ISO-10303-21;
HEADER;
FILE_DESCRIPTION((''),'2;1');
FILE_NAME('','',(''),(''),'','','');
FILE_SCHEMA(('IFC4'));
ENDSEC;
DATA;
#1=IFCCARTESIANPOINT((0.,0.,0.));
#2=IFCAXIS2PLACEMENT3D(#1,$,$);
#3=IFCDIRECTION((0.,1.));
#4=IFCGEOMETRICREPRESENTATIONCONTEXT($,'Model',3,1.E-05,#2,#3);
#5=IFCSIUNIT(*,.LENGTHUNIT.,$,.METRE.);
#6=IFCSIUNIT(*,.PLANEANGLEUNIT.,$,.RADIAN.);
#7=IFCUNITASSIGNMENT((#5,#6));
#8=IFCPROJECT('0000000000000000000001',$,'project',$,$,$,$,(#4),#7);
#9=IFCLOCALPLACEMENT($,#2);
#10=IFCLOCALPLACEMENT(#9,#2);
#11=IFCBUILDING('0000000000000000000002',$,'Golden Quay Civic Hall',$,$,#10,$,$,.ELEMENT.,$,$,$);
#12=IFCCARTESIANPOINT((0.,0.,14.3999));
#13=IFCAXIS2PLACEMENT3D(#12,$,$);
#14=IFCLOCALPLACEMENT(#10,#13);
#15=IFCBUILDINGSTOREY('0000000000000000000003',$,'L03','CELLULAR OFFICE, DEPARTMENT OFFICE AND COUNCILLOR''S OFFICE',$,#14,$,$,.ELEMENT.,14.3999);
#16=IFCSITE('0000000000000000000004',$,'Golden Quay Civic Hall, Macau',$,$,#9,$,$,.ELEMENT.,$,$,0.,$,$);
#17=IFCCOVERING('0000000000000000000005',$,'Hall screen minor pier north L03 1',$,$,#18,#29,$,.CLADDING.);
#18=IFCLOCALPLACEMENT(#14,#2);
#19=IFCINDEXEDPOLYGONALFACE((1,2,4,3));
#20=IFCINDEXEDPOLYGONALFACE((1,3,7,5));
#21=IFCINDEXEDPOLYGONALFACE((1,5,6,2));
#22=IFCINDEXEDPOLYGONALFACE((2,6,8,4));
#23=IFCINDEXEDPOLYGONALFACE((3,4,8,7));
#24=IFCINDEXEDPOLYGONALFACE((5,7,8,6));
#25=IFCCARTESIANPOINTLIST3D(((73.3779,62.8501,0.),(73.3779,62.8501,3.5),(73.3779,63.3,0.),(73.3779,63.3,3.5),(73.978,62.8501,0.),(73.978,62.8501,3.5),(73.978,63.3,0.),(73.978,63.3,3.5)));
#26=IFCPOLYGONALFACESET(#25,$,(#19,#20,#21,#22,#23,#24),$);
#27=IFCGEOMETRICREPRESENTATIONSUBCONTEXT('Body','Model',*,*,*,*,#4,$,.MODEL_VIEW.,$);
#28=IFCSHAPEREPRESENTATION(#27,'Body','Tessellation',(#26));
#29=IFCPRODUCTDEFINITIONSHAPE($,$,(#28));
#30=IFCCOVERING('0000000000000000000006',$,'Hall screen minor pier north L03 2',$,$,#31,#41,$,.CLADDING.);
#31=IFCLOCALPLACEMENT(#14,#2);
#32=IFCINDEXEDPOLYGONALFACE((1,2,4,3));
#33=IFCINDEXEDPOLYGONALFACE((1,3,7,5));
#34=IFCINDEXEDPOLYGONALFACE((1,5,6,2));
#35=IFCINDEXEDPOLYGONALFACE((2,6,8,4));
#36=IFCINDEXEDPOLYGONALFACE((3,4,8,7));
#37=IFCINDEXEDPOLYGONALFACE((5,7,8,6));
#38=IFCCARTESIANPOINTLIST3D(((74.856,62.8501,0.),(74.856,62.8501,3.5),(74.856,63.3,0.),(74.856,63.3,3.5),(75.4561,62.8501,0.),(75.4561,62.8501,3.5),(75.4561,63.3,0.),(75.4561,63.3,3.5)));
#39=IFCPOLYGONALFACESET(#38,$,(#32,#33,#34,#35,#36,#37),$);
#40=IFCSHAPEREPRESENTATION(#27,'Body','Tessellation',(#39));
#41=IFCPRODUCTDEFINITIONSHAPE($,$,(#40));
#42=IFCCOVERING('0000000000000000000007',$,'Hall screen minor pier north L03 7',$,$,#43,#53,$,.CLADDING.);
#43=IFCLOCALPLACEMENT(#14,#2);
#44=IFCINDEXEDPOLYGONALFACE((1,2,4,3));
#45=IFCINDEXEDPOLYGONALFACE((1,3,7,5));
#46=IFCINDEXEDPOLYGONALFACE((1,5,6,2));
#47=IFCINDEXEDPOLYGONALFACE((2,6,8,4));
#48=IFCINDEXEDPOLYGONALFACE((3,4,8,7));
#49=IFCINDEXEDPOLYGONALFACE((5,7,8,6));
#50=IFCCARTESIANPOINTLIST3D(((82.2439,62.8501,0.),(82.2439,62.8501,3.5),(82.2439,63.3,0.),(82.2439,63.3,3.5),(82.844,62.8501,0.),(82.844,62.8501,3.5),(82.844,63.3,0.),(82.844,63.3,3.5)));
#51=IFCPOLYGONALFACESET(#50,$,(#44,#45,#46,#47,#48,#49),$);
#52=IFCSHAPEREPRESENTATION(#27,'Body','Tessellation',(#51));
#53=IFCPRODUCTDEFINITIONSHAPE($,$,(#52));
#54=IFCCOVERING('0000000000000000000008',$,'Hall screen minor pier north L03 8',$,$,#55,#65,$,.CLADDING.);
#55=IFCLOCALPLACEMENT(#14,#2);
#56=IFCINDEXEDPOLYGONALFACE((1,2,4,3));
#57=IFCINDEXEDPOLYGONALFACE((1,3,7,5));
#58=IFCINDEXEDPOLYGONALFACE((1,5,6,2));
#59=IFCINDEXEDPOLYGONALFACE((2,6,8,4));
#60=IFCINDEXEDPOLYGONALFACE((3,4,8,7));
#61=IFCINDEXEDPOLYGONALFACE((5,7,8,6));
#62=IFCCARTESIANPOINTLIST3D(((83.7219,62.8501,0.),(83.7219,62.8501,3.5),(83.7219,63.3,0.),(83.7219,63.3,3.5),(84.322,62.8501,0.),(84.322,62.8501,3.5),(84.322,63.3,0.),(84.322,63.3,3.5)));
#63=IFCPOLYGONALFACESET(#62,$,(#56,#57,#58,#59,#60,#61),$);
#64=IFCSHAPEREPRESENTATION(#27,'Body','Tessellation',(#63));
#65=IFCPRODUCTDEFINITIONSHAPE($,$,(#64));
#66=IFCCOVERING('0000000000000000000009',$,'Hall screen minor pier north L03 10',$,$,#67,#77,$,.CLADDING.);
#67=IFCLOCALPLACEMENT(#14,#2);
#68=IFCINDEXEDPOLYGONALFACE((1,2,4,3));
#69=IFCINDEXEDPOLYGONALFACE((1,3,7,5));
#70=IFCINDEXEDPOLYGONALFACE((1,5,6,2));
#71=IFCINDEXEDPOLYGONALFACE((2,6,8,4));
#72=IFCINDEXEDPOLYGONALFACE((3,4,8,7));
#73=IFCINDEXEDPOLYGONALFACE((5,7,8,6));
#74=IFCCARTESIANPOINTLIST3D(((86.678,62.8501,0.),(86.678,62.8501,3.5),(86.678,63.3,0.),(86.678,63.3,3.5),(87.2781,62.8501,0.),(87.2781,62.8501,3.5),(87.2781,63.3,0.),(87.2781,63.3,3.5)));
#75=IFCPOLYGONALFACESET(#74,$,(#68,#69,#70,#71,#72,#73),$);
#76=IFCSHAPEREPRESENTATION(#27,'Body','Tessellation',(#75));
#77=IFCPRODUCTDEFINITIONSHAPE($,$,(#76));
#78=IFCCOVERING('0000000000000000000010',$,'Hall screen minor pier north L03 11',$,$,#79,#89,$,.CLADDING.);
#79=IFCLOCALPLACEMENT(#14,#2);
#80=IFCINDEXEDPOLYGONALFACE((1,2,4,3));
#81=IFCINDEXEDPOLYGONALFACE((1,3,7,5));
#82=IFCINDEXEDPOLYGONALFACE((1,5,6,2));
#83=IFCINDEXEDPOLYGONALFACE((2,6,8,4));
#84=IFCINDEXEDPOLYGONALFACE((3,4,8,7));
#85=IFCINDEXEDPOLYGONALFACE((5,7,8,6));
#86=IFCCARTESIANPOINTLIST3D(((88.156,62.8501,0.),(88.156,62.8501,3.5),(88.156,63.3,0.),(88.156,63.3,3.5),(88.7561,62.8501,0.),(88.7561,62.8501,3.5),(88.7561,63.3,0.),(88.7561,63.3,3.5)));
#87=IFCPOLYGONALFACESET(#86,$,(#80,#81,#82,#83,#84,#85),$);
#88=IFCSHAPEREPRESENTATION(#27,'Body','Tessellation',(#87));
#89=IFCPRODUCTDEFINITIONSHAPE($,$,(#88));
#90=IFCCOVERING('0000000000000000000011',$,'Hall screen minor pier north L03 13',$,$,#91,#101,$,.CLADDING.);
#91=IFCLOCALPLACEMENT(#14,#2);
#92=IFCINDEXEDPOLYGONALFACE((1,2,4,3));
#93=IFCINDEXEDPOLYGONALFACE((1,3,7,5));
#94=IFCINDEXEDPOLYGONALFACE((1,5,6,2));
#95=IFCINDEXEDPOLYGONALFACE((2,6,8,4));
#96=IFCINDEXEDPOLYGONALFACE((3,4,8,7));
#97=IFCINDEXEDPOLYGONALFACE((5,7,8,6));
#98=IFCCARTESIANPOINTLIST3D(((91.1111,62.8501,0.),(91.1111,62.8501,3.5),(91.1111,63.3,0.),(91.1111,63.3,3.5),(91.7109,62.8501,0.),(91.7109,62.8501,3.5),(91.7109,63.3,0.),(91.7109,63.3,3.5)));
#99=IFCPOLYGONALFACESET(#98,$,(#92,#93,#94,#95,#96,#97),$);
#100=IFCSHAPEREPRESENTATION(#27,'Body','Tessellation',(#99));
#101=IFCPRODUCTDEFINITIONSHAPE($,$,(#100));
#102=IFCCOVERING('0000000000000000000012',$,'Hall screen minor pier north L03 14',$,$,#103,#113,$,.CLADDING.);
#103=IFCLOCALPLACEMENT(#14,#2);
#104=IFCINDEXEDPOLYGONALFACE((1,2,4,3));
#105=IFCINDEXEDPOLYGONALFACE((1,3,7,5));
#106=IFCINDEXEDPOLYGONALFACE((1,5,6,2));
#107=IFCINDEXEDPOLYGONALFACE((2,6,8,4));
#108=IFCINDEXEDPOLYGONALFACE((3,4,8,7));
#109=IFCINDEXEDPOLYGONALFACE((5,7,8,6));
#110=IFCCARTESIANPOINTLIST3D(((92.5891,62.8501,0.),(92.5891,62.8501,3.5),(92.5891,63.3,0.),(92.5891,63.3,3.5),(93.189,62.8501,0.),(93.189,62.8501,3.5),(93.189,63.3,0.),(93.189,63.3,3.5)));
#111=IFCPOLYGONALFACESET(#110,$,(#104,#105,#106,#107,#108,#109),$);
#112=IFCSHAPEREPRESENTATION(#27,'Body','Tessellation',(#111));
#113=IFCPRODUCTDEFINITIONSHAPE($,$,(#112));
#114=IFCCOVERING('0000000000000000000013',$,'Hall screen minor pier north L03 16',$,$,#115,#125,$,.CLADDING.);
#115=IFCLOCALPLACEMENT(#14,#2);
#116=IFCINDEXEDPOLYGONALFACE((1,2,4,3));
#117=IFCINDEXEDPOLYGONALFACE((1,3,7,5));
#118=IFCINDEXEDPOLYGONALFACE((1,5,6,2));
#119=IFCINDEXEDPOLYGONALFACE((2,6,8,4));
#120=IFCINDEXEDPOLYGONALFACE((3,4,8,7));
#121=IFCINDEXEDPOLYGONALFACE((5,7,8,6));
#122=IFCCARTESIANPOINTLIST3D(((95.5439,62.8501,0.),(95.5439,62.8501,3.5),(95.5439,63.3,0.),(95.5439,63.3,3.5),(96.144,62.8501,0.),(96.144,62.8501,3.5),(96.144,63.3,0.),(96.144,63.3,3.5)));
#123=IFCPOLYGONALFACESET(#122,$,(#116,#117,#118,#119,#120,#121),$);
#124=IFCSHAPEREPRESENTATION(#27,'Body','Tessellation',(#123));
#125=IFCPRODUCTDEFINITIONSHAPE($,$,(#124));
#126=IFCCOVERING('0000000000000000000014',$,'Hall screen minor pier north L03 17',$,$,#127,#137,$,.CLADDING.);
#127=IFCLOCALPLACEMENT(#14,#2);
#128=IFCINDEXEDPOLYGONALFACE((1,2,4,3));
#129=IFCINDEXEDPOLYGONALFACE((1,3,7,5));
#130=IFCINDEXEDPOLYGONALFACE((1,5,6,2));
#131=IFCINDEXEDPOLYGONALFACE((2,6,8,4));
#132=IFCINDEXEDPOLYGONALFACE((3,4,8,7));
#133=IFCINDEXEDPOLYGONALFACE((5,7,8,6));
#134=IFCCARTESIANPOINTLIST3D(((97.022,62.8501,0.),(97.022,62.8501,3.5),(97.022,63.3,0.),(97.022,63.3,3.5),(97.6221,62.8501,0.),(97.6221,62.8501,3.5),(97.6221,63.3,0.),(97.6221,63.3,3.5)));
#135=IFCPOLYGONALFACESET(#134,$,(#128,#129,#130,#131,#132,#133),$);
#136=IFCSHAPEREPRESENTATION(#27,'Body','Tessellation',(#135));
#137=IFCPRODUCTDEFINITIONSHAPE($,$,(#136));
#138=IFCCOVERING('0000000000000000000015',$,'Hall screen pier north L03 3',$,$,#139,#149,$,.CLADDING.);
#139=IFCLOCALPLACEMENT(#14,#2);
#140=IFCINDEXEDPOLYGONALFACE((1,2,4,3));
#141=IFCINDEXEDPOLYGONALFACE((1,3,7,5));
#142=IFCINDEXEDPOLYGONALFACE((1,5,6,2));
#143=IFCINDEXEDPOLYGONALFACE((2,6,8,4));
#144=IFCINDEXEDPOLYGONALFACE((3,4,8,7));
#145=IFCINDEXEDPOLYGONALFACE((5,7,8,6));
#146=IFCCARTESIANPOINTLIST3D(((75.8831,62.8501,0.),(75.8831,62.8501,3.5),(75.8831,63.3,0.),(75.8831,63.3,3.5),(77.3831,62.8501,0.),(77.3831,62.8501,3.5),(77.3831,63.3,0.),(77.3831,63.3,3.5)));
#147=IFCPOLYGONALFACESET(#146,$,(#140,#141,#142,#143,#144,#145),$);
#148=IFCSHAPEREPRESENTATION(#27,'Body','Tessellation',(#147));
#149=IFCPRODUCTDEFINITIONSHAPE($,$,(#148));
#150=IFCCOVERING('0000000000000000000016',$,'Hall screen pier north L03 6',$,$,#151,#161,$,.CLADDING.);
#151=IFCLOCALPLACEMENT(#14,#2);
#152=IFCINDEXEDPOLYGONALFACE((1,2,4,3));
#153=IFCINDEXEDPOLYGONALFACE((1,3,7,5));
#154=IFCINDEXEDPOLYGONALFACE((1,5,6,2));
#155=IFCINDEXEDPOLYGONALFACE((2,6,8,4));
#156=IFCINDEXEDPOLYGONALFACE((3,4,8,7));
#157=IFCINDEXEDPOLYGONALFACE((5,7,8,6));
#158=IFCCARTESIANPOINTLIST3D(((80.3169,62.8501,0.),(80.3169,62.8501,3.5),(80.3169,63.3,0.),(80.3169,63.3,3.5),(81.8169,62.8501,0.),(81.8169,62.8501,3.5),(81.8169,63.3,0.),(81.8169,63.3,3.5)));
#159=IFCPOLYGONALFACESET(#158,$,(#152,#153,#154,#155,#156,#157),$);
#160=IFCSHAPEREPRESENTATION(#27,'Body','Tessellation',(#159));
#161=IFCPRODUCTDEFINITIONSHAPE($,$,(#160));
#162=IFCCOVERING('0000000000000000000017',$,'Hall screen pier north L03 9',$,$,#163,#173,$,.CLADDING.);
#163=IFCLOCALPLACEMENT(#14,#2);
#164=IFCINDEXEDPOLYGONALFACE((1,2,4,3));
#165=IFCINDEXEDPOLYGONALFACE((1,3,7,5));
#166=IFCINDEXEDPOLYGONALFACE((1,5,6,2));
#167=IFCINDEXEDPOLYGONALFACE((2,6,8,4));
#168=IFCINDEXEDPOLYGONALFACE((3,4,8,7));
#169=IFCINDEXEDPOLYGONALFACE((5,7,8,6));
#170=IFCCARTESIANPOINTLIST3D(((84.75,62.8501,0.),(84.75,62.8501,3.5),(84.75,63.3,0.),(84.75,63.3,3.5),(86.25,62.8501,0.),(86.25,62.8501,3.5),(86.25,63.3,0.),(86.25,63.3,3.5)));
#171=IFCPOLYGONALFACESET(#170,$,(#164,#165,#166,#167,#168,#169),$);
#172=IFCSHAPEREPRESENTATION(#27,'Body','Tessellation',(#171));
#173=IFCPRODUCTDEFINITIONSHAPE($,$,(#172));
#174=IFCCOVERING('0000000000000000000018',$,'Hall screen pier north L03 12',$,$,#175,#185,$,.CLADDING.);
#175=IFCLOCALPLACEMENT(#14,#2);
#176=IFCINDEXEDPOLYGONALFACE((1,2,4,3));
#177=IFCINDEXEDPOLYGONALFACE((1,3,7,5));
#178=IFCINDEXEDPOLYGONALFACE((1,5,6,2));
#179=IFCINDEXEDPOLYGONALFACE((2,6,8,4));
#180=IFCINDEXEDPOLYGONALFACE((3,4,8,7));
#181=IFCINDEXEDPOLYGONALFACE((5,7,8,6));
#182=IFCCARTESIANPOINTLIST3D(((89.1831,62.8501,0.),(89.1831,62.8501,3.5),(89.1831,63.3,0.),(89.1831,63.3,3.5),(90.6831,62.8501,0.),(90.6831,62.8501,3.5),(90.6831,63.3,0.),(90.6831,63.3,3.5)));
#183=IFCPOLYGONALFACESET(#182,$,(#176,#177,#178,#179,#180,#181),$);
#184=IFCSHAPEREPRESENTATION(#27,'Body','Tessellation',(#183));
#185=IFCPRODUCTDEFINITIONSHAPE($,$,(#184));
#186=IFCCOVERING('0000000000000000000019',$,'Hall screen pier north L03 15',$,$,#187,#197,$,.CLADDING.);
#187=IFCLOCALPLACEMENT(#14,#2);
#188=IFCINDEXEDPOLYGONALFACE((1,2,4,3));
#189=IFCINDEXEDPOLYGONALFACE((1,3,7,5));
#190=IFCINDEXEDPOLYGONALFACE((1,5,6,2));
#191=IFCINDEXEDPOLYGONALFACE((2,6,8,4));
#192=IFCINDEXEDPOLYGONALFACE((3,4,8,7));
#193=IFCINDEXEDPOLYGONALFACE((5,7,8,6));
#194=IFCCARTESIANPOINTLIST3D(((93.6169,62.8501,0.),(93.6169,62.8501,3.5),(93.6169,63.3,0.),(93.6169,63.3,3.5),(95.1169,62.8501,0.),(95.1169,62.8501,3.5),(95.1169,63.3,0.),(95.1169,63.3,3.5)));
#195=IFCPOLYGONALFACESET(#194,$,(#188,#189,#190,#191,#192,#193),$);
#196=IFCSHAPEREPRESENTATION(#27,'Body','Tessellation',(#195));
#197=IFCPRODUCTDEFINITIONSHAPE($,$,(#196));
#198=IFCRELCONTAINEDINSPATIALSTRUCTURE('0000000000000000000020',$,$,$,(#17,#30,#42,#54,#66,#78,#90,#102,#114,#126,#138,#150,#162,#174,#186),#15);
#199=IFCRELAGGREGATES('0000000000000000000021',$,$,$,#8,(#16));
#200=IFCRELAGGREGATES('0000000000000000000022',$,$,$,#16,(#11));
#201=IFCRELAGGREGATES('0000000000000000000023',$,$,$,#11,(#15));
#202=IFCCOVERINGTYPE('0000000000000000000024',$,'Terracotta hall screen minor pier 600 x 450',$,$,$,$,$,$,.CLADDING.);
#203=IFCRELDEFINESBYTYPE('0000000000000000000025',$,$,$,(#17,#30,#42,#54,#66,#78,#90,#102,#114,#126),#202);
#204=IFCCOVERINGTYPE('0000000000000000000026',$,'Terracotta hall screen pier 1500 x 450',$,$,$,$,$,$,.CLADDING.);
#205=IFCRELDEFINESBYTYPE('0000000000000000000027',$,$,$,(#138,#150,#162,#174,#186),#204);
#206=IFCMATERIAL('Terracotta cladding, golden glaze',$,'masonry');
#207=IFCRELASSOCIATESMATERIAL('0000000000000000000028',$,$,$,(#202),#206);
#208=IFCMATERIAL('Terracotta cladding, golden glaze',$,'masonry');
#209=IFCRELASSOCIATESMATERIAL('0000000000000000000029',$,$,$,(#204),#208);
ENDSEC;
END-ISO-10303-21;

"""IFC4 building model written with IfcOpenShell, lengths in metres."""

from ifc_helpers import new_model, si_unit, direction, frame, origin, place, context, subcontext, project, spatial, polyline, outline, extrude, material, type_object, element, save


model = new_model("IFC4")

# Units and contexts
model_context = context("Model", 3, precision=1e-05, world=origin(), true_north=direction((0.0, 1.0)))
body_context = subcontext(model_context, "Body", "Model", "MODEL_VIEW")
ifc_project = project(units=[si_unit("LENGTHUNIT", "METRE"), si_unit("PLANEANGLEUNIT", "RADIAN")], contexts=[model_context])

# Site, building, storey
site_placement = place(None, origin())
site = spatial("IfcSite", under=ifc_project, at=site_placement, Name="Golden Quay Civic Hall, Macau", CompositionType="ELEMENT", RefElevation=0.0)
building_placement = place(site_placement, origin())
building = spatial("IfcBuilding", under=site, at=building_placement, Name="Golden Quay Civic Hall", CompositionType="ELEMENT")
storey_placement = place(building_placement, frame((0.0, 0.0, 14.3999)))
storey = spatial("IfcBuildingStorey", under=building, at=storey_placement, Name="L03", Description="CELLULAR OFFICE, DEPARTMENT OFFICE AND COUNCILLOR'S OFFICE", CompositionType="ELEMENT", Elevation=14.3999)

# Coverings
ifc_material_1 = material(Name="Terracotta cladding, golden glaze", Category="masonry")
covering_type_1 = type_object("IfcCoveringType", Name="Terracotta hall screen minor pier 600 x 450", PredefinedType="CLADDING", material=ifc_material_1)
covering_1_placement = place(storey_placement, origin())
element("IfcCovering", 1, at=covering_1_placement, inside=storey, type_object=covering_type_1, Name="Hall screen minor pier north L03 1", PredefinedType="CLADDING", context=body_context, shape_type="SweptSolid", body=[
    extrude(outline(polyline([(73.3779, 63.3), (73.978, 63.3), (73.978, 62.8501), (73.3779, 62.8501), (73.3779, 63.3)])), origin(), (0.0, 0.0, 1.0), 3.5),
])
covering_2_placement = place(storey_placement, origin())
element("IfcCovering", 2, at=covering_2_placement, inside=storey, type_object=covering_type_1, Name="Hall screen minor pier north L03 2", PredefinedType="CLADDING", context=body_context, shape_type="SweptSolid", body=[
    extrude(outline(polyline([(74.856, 63.3), (75.4561, 63.3), (75.4561, 62.8501), (74.856, 62.8501), (74.856, 63.3)])), origin(), (0.0, 0.0, 1.0), 3.5),
])
covering_3_placement = place(storey_placement, origin())
element("IfcCovering", 3, at=covering_3_placement, inside=storey, type_object=covering_type_1, Name="Hall screen minor pier north L03 7", PredefinedType="CLADDING", context=body_context, shape_type="SweptSolid", body=[
    extrude(outline(polyline([(82.2439, 63.3), (82.844, 63.3), (82.844, 62.8501), (82.2439, 62.8501), (82.2439, 63.3)])), origin(), (0.0, 0.0, 1.0), 3.5),
])
covering_4_placement = place(storey_placement, origin())
element("IfcCovering", 4, at=covering_4_placement, inside=storey, type_object=covering_type_1, Name="Hall screen minor pier north L03 8", PredefinedType="CLADDING", context=body_context, shape_type="SweptSolid", body=[
    extrude(outline(polyline([(83.7219, 63.3), (84.322, 63.3), (84.322, 62.8501), (83.7219, 62.8501), (83.7219, 63.3)])), origin(), (0.0, 0.0, 1.0), 3.5),
])
covering_5_placement = place(storey_placement, origin())
element("IfcCovering", 5, at=covering_5_placement, inside=storey, type_object=covering_type_1, Name="Hall screen minor pier north L03 10", PredefinedType="CLADDING", context=body_context, shape_type="SweptSolid", body=[
    extrude(outline(polyline([(86.678, 63.3), (87.2781, 63.3), (87.2781, 62.8501), (86.678, 62.8501), (86.678, 63.3)])), origin(), (0.0, 0.0, 1.0), 3.5),
])
covering_6_placement = place(storey_placement, origin())
element("IfcCovering", 6, at=covering_6_placement, inside=storey, type_object=covering_type_1, Name="Hall screen minor pier north L03 11", PredefinedType="CLADDING", context=body_context, shape_type="SweptSolid", body=[
    extrude(outline(polyline([(88.156, 63.3), (88.7561, 63.3), (88.7561, 62.8501), (88.156, 62.8501), (88.156, 63.3)])), origin(), (0.0, 0.0, 1.0), 3.5),
])
covering_7_placement = place(storey_placement, origin())
element("IfcCovering", 7, at=covering_7_placement, inside=storey, type_object=covering_type_1, Name="Hall screen minor pier north L03 13", PredefinedType="CLADDING", context=body_context, shape_type="SweptSolid", body=[
    extrude(outline(polyline([(91.1111, 63.3), (91.7109, 63.3), (91.7109, 62.8501), (91.1111, 62.8501), (91.1111, 63.3)])), origin(), (0.0, 0.0, 1.0), 3.5),
])
covering_8_placement = place(storey_placement, origin())
element("IfcCovering", 8, at=covering_8_placement, inside=storey, type_object=covering_type_1, Name="Hall screen minor pier north L03 14", PredefinedType="CLADDING", context=body_context, shape_type="SweptSolid", body=[
    extrude(outline(polyline([(92.5891, 63.3), (93.189, 63.3), (93.189, 62.8501), (92.5891, 62.8501), (92.5891, 63.3)])), origin(), (0.0, 0.0, 1.0), 3.5),
])
covering_9_placement = place(storey_placement, origin())
element("IfcCovering", 9, at=covering_9_placement, inside=storey, type_object=covering_type_1, Name="Hall screen minor pier north L03 16", PredefinedType="CLADDING", context=body_context, shape_type="SweptSolid", body=[
    extrude(outline(polyline([(95.5439, 63.3), (96.144, 63.3), (96.144, 62.8501), (95.5439, 62.8501), (95.5439, 63.3)])), origin(), (0.0, 0.0, 1.0), 3.5),
])
covering_10_placement = place(storey_placement, origin())
element("IfcCovering", 10, at=covering_10_placement, inside=storey, type_object=covering_type_1, Name="Hall screen minor pier north L03 17", PredefinedType="CLADDING", context=body_context, shape_type="SweptSolid", body=[
    extrude(outline(polyline([(97.022, 63.3), (97.6221, 63.3), (97.6221, 62.8501), (97.022, 62.8501), (97.022, 63.3)])), origin(), (0.0, 0.0, 1.0), 3.5),
])
ifc_material_2 = material(Name="Terracotta cladding, golden glaze", Category="masonry")
covering_type_2 = type_object("IfcCoveringType", Name="Terracotta hall screen pier 1500 x 450", PredefinedType="CLADDING", material=ifc_material_2)
covering_11_placement = place(storey_placement, origin())
element("IfcCovering", 11, at=covering_11_placement, inside=storey, type_object=covering_type_2, Name="Hall screen pier north L03 3", PredefinedType="CLADDING", context=body_context, shape_type="SweptSolid", body=[
    extrude(outline(polyline([(75.8831, 63.3), (77.3831, 63.3), (77.3831, 62.8501), (75.8831, 62.8501), (75.8831, 63.3)])), origin(), (0.0, 0.0, 1.0), 3.5),
])
covering_12_placement = place(storey_placement, origin())
element("IfcCovering", 12, at=covering_12_placement, inside=storey, type_object=covering_type_2, Name="Hall screen pier north L03 6", PredefinedType="CLADDING", context=body_context, shape_type="SweptSolid", body=[
    extrude(outline(polyline([(80.3169, 63.3), (81.8169, 63.3), (81.8169, 62.8501), (80.3169, 62.8501), (80.3169, 63.3)])), origin(), (0.0, 0.0, 1.0), 3.5),
])
covering_13_placement = place(storey_placement, origin())
element("IfcCovering", 13, at=covering_13_placement, inside=storey, type_object=covering_type_2, Name="Hall screen pier north L03 9", PredefinedType="CLADDING", context=body_context, shape_type="SweptSolid", body=[
    extrude(outline(polyline([(84.75, 63.3), (86.25, 63.3), (86.25, 62.8501), (84.75, 62.8501), (84.75, 63.3)])), origin(), (0.0, 0.0, 1.0), 3.5),
])
covering_14_placement = place(storey_placement, origin())
element("IfcCovering", 14, at=covering_14_placement, inside=storey, type_object=covering_type_2, Name="Hall screen pier north L03 12", PredefinedType="CLADDING", context=body_context, shape_type="SweptSolid", body=[
    extrude(outline(polyline([(89.1831, 63.3), (90.6831, 63.3), (90.6831, 62.8501), (89.1831, 62.8501), (89.1831, 63.3)])), origin(), (0.0, 0.0, 1.0), 3.5),
])
covering_15_placement = place(storey_placement, origin())
element("IfcCovering", 15, at=covering_15_placement, inside=storey, type_object=covering_type_2, Name="Hall screen pier north L03 15", PredefinedType="CLADDING", context=body_context, shape_type="SweptSolid", body=[
    extrude(outline(polyline([(93.6169, 63.3), (95.1169, 63.3), (95.1169, 62.8501), (93.6169, 62.8501), (93.6169, 63.3)])), origin(), (0.0, 0.0, 1.0), 3.5),
])

save(model, "model.ifc")
